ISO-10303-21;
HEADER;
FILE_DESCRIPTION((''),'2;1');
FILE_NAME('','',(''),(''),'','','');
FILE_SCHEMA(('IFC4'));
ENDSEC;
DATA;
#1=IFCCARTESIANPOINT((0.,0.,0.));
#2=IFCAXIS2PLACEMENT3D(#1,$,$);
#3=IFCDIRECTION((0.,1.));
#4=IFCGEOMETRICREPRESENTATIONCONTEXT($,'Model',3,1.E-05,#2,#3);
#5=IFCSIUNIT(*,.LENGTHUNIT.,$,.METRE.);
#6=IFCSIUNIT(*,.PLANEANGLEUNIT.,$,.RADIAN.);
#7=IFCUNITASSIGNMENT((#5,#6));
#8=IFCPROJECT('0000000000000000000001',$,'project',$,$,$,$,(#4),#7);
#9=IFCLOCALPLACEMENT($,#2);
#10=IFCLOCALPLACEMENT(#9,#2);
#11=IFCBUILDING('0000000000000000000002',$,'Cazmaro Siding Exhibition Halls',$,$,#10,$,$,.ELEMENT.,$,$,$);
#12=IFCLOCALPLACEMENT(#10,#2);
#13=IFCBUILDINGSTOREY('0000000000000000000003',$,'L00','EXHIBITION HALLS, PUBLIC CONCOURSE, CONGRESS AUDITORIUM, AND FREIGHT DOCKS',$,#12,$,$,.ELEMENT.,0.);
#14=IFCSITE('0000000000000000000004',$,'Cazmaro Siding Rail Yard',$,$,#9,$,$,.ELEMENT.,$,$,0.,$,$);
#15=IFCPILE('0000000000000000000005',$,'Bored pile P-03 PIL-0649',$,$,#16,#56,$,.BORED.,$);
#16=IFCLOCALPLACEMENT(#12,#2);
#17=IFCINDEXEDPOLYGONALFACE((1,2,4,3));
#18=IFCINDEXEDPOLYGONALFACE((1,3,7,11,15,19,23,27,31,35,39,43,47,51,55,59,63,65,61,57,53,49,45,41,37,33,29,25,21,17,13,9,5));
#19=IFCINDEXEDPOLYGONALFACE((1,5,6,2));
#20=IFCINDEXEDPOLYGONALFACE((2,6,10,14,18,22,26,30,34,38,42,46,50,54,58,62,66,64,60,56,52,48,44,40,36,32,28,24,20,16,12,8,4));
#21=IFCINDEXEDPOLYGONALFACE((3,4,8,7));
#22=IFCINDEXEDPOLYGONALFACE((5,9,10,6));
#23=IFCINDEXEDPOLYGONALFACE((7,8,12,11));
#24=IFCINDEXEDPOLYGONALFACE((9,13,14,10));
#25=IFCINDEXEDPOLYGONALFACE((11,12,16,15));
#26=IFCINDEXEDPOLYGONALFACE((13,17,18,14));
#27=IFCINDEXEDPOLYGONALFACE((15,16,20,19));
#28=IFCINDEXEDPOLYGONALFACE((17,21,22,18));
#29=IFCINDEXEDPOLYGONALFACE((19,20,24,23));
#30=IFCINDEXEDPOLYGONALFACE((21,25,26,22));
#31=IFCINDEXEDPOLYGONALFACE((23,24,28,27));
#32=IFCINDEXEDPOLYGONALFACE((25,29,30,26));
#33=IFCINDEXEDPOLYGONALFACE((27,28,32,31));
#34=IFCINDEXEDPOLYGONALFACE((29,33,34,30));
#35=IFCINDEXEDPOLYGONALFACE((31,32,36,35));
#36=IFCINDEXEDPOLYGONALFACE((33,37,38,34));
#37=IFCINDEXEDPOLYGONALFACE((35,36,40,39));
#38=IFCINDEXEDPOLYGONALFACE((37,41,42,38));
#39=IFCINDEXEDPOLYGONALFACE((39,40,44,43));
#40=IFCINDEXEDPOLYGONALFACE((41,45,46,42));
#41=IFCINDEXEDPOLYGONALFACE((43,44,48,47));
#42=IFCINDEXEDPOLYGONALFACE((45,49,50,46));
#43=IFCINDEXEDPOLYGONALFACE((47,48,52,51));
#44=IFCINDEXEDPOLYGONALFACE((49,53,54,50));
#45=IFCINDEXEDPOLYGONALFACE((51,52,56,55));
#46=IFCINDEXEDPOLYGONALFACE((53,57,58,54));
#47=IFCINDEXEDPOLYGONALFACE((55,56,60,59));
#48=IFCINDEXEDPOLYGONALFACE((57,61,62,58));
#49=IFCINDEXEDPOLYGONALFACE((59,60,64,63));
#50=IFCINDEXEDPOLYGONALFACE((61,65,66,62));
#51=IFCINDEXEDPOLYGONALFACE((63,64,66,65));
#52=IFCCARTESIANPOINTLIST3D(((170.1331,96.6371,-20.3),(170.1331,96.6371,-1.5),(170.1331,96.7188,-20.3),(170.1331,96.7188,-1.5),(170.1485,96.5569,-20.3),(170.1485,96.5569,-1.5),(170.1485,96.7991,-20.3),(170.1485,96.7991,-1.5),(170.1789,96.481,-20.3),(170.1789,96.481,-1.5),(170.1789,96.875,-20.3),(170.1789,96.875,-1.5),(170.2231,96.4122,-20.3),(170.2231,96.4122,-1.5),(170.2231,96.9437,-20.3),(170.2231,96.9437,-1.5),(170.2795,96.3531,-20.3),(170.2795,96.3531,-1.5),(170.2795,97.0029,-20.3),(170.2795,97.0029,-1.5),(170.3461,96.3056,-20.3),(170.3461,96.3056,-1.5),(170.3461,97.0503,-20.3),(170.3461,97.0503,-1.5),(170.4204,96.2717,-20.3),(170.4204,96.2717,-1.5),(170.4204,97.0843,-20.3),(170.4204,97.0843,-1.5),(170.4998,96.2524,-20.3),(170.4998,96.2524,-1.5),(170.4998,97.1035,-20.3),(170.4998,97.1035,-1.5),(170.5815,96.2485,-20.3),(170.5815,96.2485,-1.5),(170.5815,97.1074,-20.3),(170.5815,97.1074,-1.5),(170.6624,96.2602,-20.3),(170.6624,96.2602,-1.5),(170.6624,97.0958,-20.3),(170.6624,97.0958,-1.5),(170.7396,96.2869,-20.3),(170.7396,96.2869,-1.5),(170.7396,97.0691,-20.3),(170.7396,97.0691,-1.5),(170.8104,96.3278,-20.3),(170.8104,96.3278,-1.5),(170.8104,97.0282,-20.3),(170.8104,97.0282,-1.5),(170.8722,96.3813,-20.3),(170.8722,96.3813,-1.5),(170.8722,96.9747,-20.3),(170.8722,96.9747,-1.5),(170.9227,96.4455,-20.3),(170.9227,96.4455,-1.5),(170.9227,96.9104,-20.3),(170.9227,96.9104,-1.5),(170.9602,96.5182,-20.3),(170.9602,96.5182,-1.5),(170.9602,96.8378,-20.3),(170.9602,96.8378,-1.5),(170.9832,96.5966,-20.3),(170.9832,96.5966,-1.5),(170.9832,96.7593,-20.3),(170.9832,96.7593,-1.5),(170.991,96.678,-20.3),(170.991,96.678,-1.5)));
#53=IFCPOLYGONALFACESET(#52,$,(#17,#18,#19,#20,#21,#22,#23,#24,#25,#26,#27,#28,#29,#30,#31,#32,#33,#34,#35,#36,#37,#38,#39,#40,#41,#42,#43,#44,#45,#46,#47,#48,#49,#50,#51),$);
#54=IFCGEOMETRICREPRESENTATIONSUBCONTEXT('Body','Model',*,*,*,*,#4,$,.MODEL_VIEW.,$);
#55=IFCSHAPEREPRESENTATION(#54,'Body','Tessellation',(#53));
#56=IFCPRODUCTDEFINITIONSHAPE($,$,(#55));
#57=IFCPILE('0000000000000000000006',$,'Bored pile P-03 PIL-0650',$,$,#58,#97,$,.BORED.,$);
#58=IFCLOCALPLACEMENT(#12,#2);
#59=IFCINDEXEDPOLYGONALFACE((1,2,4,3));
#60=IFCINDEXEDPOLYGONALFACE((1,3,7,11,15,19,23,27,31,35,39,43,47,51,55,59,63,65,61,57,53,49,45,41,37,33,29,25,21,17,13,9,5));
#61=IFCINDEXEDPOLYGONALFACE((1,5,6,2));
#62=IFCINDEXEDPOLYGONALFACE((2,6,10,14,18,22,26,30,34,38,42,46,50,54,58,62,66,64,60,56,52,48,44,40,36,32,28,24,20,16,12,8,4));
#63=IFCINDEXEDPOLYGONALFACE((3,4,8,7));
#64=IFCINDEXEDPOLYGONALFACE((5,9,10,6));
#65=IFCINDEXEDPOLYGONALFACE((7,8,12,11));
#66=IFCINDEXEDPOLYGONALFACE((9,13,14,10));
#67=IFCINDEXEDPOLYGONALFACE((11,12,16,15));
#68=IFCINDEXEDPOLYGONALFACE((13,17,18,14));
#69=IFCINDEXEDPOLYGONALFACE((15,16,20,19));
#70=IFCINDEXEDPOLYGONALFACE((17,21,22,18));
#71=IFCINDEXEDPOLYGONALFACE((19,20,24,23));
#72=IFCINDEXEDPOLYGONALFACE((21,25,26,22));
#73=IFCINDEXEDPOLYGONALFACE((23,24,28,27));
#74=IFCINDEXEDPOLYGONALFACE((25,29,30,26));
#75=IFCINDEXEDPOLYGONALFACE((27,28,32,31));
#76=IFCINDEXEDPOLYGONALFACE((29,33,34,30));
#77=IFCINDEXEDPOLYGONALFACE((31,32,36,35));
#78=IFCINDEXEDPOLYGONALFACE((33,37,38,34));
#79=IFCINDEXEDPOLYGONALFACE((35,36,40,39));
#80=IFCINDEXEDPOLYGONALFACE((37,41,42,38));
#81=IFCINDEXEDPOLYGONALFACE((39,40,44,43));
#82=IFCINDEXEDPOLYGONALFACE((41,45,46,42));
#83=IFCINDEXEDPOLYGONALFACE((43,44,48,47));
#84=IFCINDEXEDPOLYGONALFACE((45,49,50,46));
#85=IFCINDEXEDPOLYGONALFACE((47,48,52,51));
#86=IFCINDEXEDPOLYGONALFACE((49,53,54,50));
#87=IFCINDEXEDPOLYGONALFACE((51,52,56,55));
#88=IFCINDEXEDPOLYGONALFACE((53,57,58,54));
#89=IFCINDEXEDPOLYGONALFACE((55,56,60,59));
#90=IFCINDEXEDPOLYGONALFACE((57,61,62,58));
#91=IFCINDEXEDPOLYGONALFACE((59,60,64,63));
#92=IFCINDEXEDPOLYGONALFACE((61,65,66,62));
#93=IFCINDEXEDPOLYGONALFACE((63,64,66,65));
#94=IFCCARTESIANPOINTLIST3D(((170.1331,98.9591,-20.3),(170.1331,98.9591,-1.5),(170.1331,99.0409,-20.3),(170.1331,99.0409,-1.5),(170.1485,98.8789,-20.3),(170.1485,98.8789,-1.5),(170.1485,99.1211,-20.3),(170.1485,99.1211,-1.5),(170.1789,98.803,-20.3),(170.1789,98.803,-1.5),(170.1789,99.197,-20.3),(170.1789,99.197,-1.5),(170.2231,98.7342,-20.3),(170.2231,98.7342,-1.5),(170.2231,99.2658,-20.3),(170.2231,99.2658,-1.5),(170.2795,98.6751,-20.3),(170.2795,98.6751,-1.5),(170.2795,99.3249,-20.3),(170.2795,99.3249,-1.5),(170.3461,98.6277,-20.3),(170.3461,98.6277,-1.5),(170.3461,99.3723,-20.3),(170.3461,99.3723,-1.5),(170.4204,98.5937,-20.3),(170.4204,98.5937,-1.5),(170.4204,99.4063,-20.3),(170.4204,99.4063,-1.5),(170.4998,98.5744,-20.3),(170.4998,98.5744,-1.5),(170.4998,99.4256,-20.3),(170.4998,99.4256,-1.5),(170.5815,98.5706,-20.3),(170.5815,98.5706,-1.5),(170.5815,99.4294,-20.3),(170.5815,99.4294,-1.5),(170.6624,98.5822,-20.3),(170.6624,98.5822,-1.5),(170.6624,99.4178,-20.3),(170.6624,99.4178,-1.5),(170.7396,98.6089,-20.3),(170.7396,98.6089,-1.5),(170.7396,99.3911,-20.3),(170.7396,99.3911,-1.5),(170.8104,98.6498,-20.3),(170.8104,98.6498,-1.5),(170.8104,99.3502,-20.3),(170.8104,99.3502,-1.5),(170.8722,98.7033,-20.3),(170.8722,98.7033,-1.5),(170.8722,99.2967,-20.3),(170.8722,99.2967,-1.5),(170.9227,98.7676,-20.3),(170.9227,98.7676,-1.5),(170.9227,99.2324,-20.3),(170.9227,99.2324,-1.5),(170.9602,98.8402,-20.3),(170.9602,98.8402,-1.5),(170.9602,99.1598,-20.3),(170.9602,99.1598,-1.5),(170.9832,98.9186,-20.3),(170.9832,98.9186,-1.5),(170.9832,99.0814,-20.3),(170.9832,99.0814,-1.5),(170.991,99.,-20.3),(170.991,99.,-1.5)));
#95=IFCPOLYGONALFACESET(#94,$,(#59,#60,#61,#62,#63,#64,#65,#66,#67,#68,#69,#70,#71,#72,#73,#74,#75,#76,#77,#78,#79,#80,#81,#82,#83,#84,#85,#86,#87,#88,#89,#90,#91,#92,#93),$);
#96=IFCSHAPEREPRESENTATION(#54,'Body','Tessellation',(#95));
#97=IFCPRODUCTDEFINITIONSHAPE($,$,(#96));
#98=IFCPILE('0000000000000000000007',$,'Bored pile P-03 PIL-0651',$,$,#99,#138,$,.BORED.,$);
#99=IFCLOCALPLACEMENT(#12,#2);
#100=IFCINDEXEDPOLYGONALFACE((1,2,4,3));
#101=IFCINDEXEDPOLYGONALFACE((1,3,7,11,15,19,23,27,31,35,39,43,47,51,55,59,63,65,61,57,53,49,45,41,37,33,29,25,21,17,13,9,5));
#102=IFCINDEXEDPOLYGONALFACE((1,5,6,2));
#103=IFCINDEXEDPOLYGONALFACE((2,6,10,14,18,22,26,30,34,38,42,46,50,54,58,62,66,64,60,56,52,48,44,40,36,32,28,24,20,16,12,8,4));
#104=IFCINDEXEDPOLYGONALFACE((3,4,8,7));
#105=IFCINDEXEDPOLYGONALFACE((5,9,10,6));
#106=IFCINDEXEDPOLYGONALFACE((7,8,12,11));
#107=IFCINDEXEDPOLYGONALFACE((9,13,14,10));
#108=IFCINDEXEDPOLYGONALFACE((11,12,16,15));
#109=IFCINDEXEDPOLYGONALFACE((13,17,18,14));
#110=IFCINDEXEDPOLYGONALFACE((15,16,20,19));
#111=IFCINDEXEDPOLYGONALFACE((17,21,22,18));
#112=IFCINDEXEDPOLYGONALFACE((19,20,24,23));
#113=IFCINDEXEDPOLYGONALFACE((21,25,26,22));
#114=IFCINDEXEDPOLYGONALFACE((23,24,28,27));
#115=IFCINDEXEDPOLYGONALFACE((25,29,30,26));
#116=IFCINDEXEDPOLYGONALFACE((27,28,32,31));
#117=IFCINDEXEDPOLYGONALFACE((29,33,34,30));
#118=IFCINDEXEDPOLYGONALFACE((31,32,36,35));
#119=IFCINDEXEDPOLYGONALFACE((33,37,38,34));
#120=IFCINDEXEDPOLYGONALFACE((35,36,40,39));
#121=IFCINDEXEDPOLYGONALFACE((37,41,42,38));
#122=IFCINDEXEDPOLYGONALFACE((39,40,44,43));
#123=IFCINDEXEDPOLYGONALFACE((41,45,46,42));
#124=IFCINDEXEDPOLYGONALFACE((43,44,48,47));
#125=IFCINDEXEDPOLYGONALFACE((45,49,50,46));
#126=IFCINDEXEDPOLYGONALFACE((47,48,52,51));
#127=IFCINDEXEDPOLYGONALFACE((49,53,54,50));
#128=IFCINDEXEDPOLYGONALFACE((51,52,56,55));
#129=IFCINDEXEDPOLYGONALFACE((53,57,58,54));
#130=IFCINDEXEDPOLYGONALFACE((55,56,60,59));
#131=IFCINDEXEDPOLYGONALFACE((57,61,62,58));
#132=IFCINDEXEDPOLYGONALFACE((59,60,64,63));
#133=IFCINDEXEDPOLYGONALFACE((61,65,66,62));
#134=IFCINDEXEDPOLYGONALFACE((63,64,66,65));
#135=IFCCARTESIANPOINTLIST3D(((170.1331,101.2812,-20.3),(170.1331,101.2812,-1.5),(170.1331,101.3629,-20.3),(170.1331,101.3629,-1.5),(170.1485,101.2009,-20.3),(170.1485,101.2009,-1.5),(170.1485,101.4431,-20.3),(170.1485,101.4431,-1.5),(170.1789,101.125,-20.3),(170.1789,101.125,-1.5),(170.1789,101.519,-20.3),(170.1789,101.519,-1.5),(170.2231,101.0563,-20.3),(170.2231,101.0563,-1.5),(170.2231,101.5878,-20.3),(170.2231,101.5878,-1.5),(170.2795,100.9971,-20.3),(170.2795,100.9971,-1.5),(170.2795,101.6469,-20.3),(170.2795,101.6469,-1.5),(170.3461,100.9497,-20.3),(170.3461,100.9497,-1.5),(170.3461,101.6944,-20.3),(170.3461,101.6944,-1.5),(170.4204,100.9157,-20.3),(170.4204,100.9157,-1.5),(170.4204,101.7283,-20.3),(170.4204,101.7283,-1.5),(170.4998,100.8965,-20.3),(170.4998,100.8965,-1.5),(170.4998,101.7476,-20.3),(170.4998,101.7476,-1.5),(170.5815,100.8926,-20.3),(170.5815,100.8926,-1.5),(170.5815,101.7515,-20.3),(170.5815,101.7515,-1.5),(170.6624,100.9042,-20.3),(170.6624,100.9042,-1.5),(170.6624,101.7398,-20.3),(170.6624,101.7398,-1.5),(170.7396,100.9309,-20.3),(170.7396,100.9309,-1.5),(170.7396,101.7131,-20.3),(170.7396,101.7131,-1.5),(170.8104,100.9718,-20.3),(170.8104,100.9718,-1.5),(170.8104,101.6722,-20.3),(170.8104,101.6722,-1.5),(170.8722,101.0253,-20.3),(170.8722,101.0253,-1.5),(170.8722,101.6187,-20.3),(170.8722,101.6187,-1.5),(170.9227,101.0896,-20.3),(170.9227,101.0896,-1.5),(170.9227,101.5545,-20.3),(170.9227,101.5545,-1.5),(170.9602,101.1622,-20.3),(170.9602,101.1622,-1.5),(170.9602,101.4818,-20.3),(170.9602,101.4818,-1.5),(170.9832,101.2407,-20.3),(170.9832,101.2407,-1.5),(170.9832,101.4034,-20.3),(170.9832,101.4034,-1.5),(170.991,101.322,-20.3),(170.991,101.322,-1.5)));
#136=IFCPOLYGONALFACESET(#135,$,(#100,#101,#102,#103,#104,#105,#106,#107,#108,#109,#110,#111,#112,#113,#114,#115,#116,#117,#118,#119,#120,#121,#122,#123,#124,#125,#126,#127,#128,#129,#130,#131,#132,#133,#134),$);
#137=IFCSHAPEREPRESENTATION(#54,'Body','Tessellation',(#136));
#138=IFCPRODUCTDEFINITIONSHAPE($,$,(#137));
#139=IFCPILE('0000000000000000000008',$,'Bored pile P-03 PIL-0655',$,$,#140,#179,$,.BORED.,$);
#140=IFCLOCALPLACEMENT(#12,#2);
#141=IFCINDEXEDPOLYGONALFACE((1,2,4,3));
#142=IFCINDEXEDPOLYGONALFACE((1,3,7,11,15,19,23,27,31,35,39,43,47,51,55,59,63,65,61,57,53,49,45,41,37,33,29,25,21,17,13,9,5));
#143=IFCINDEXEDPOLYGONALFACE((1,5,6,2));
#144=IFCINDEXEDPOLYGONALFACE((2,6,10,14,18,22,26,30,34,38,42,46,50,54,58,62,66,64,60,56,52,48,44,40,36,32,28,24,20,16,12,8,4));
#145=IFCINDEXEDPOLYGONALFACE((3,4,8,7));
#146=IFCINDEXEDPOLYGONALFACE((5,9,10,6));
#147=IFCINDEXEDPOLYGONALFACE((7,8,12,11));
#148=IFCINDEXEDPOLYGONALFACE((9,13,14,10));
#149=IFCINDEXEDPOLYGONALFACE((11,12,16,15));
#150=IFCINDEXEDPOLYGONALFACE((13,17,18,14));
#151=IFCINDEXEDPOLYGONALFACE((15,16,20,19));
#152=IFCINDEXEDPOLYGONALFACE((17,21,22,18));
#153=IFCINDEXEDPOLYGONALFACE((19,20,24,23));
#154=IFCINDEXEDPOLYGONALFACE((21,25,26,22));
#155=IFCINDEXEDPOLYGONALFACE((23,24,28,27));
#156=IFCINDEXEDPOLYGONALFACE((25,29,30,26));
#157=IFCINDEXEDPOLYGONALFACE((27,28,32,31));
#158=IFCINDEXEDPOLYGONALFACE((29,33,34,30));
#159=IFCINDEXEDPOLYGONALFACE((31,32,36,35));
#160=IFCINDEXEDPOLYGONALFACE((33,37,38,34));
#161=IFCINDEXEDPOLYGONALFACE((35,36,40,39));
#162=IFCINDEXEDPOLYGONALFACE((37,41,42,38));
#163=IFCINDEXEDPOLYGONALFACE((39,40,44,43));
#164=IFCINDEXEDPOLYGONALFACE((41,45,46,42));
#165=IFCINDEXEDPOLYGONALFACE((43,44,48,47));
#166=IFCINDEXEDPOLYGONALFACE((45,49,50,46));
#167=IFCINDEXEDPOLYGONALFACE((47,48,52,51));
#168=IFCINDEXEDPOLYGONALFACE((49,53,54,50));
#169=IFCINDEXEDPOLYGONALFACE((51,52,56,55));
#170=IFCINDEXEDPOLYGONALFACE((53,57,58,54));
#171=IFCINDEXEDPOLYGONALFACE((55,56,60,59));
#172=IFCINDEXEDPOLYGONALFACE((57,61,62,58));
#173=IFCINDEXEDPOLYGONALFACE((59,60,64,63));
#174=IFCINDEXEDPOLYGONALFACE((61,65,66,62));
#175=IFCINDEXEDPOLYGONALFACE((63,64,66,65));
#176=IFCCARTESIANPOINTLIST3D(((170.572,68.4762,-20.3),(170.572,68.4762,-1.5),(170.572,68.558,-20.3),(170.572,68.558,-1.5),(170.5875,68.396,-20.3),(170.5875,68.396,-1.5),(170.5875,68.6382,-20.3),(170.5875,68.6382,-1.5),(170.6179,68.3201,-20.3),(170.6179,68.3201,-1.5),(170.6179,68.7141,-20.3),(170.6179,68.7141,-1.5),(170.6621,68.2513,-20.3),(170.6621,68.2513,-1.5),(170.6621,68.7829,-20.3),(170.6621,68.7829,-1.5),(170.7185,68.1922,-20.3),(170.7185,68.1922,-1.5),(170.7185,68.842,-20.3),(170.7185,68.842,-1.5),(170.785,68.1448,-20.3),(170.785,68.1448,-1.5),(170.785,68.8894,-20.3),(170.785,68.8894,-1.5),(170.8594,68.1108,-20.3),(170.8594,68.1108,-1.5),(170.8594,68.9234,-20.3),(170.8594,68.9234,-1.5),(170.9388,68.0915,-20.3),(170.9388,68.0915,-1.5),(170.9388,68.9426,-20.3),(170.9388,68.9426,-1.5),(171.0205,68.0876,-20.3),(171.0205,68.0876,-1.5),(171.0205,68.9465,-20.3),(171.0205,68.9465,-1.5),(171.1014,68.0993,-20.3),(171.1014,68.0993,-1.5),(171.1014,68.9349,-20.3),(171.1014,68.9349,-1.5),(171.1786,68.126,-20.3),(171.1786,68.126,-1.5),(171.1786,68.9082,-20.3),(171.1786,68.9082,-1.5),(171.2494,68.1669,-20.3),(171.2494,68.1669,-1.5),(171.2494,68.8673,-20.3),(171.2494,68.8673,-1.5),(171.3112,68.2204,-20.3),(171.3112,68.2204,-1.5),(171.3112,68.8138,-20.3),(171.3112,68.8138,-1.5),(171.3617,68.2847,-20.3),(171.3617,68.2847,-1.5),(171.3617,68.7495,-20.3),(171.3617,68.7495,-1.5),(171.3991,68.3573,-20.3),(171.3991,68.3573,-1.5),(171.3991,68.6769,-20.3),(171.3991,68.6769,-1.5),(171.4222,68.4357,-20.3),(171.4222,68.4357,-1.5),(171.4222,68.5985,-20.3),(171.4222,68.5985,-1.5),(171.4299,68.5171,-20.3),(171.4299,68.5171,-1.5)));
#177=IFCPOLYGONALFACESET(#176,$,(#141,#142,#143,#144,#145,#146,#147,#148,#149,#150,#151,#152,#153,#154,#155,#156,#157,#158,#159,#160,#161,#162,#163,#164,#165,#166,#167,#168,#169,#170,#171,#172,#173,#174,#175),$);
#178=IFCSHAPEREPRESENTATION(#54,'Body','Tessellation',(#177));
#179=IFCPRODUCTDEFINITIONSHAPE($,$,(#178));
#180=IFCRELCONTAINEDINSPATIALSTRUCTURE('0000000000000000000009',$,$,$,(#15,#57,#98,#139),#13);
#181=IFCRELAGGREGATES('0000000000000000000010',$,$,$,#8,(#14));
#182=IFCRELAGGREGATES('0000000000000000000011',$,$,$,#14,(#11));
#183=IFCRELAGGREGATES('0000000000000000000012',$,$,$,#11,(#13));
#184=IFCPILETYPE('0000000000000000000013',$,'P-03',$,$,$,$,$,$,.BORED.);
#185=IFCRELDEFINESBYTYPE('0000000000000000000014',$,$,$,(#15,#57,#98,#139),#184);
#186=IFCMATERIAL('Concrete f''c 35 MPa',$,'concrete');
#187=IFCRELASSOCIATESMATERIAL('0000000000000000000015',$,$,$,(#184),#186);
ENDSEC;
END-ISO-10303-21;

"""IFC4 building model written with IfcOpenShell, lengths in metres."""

from ifc_helpers import new_model, si_unit, direction, frame, origin, origin_2d, place, context, subcontext, project, spatial, circle, extrude, material, material_profile, profile_set, type_object, element, save


model = new_model("IFC4")

# Units and contexts
model_context = context("Model", 3, precision=1e-05, world=origin(), true_north=direction((0.0, 1.0)))
body_context = subcontext(model_context, "Body", "Model", "MODEL_VIEW")
ifc_project = project(units=[si_unit("LENGTHUNIT", "METRE"), si_unit("PLANEANGLEUNIT", "RADIAN")], contexts=[model_context])

# Site, building, storey
site_placement = place(None, origin())
site = spatial("IfcSite", under=ifc_project, at=site_placement, Name="Cazmaro Siding Rail Yard", CompositionType="ELEMENT", RefElevation=0.0)
building_placement = place(site_placement, origin())
building = spatial("IfcBuilding", under=site, at=building_placement, Name="Cazmaro Siding Exhibition Halls", CompositionType="ELEMENT")
storey_placement = place(building_placement, origin())
storey = spatial("IfcBuildingStorey", under=building, at=storey_placement, Name="L00", Description="EXHIBITION HALLS, PUBLIC CONCOURSE, CONGRESS AUDITORIUM, AND FREIGHT DOCKS", CompositionType="ELEMENT", Elevation=0.0)

# Piles
ifc_material_1 = material(Name="Concrete f'c 35 MPa", Category="concrete")
ifc_material_profile_1 = material_profile(ifc_material_1, circle(Radius=0.4299, at=origin_2d()), Name="CIDH-860")
ifc_profile_set_1 = profile_set([ifc_material_profile_1], Name="Concrete f'c 35 MPa")
pile_type_1 = type_object("IfcPileType", Name="P-03", PredefinedType="BORED", material=ifc_profile_set_1)
for number, where, z_axis, x_axis, name in (
    (1, (170.561, 96.678, -1.5), (0.0, 0.0, -1.0), (1.0, 0.0, 0.0), "Bored pile P-03 PIL-0649"),
    (2, (170.561, 99.0, -1.5), (0.0, 0.0, -1.0), (1.0, 0.0, 0.0), "Bored pile P-03 PIL-0650"),
    (3, (170.561, 101.322, -1.5), (0.0, 0.0, -1.0), (1.0, 0.0, 0.0), "Bored pile P-03 PIL-0651"),
    (4, (171.0, 68.5171, -1.5), (0.0, 0.0, -1.0), (1.0, 0.0, 0.0), "Bored pile P-03 PIL-0655"),
):
    element("IfcPile", number, at=place(storey_placement, frame(where, z_axis=z_axis, x_axis=x_axis)), inside=storey, type_object=pile_type_1, Name=name, PredefinedType="BORED", context=body_context, shape_type="SweptSolid", body=[
        extrude(circle(Radius=0.4299, at=origin_2d()), origin(), (0.0, 0.0, 1.0), 18.8),
    ])

save(model, "model.ifc")
